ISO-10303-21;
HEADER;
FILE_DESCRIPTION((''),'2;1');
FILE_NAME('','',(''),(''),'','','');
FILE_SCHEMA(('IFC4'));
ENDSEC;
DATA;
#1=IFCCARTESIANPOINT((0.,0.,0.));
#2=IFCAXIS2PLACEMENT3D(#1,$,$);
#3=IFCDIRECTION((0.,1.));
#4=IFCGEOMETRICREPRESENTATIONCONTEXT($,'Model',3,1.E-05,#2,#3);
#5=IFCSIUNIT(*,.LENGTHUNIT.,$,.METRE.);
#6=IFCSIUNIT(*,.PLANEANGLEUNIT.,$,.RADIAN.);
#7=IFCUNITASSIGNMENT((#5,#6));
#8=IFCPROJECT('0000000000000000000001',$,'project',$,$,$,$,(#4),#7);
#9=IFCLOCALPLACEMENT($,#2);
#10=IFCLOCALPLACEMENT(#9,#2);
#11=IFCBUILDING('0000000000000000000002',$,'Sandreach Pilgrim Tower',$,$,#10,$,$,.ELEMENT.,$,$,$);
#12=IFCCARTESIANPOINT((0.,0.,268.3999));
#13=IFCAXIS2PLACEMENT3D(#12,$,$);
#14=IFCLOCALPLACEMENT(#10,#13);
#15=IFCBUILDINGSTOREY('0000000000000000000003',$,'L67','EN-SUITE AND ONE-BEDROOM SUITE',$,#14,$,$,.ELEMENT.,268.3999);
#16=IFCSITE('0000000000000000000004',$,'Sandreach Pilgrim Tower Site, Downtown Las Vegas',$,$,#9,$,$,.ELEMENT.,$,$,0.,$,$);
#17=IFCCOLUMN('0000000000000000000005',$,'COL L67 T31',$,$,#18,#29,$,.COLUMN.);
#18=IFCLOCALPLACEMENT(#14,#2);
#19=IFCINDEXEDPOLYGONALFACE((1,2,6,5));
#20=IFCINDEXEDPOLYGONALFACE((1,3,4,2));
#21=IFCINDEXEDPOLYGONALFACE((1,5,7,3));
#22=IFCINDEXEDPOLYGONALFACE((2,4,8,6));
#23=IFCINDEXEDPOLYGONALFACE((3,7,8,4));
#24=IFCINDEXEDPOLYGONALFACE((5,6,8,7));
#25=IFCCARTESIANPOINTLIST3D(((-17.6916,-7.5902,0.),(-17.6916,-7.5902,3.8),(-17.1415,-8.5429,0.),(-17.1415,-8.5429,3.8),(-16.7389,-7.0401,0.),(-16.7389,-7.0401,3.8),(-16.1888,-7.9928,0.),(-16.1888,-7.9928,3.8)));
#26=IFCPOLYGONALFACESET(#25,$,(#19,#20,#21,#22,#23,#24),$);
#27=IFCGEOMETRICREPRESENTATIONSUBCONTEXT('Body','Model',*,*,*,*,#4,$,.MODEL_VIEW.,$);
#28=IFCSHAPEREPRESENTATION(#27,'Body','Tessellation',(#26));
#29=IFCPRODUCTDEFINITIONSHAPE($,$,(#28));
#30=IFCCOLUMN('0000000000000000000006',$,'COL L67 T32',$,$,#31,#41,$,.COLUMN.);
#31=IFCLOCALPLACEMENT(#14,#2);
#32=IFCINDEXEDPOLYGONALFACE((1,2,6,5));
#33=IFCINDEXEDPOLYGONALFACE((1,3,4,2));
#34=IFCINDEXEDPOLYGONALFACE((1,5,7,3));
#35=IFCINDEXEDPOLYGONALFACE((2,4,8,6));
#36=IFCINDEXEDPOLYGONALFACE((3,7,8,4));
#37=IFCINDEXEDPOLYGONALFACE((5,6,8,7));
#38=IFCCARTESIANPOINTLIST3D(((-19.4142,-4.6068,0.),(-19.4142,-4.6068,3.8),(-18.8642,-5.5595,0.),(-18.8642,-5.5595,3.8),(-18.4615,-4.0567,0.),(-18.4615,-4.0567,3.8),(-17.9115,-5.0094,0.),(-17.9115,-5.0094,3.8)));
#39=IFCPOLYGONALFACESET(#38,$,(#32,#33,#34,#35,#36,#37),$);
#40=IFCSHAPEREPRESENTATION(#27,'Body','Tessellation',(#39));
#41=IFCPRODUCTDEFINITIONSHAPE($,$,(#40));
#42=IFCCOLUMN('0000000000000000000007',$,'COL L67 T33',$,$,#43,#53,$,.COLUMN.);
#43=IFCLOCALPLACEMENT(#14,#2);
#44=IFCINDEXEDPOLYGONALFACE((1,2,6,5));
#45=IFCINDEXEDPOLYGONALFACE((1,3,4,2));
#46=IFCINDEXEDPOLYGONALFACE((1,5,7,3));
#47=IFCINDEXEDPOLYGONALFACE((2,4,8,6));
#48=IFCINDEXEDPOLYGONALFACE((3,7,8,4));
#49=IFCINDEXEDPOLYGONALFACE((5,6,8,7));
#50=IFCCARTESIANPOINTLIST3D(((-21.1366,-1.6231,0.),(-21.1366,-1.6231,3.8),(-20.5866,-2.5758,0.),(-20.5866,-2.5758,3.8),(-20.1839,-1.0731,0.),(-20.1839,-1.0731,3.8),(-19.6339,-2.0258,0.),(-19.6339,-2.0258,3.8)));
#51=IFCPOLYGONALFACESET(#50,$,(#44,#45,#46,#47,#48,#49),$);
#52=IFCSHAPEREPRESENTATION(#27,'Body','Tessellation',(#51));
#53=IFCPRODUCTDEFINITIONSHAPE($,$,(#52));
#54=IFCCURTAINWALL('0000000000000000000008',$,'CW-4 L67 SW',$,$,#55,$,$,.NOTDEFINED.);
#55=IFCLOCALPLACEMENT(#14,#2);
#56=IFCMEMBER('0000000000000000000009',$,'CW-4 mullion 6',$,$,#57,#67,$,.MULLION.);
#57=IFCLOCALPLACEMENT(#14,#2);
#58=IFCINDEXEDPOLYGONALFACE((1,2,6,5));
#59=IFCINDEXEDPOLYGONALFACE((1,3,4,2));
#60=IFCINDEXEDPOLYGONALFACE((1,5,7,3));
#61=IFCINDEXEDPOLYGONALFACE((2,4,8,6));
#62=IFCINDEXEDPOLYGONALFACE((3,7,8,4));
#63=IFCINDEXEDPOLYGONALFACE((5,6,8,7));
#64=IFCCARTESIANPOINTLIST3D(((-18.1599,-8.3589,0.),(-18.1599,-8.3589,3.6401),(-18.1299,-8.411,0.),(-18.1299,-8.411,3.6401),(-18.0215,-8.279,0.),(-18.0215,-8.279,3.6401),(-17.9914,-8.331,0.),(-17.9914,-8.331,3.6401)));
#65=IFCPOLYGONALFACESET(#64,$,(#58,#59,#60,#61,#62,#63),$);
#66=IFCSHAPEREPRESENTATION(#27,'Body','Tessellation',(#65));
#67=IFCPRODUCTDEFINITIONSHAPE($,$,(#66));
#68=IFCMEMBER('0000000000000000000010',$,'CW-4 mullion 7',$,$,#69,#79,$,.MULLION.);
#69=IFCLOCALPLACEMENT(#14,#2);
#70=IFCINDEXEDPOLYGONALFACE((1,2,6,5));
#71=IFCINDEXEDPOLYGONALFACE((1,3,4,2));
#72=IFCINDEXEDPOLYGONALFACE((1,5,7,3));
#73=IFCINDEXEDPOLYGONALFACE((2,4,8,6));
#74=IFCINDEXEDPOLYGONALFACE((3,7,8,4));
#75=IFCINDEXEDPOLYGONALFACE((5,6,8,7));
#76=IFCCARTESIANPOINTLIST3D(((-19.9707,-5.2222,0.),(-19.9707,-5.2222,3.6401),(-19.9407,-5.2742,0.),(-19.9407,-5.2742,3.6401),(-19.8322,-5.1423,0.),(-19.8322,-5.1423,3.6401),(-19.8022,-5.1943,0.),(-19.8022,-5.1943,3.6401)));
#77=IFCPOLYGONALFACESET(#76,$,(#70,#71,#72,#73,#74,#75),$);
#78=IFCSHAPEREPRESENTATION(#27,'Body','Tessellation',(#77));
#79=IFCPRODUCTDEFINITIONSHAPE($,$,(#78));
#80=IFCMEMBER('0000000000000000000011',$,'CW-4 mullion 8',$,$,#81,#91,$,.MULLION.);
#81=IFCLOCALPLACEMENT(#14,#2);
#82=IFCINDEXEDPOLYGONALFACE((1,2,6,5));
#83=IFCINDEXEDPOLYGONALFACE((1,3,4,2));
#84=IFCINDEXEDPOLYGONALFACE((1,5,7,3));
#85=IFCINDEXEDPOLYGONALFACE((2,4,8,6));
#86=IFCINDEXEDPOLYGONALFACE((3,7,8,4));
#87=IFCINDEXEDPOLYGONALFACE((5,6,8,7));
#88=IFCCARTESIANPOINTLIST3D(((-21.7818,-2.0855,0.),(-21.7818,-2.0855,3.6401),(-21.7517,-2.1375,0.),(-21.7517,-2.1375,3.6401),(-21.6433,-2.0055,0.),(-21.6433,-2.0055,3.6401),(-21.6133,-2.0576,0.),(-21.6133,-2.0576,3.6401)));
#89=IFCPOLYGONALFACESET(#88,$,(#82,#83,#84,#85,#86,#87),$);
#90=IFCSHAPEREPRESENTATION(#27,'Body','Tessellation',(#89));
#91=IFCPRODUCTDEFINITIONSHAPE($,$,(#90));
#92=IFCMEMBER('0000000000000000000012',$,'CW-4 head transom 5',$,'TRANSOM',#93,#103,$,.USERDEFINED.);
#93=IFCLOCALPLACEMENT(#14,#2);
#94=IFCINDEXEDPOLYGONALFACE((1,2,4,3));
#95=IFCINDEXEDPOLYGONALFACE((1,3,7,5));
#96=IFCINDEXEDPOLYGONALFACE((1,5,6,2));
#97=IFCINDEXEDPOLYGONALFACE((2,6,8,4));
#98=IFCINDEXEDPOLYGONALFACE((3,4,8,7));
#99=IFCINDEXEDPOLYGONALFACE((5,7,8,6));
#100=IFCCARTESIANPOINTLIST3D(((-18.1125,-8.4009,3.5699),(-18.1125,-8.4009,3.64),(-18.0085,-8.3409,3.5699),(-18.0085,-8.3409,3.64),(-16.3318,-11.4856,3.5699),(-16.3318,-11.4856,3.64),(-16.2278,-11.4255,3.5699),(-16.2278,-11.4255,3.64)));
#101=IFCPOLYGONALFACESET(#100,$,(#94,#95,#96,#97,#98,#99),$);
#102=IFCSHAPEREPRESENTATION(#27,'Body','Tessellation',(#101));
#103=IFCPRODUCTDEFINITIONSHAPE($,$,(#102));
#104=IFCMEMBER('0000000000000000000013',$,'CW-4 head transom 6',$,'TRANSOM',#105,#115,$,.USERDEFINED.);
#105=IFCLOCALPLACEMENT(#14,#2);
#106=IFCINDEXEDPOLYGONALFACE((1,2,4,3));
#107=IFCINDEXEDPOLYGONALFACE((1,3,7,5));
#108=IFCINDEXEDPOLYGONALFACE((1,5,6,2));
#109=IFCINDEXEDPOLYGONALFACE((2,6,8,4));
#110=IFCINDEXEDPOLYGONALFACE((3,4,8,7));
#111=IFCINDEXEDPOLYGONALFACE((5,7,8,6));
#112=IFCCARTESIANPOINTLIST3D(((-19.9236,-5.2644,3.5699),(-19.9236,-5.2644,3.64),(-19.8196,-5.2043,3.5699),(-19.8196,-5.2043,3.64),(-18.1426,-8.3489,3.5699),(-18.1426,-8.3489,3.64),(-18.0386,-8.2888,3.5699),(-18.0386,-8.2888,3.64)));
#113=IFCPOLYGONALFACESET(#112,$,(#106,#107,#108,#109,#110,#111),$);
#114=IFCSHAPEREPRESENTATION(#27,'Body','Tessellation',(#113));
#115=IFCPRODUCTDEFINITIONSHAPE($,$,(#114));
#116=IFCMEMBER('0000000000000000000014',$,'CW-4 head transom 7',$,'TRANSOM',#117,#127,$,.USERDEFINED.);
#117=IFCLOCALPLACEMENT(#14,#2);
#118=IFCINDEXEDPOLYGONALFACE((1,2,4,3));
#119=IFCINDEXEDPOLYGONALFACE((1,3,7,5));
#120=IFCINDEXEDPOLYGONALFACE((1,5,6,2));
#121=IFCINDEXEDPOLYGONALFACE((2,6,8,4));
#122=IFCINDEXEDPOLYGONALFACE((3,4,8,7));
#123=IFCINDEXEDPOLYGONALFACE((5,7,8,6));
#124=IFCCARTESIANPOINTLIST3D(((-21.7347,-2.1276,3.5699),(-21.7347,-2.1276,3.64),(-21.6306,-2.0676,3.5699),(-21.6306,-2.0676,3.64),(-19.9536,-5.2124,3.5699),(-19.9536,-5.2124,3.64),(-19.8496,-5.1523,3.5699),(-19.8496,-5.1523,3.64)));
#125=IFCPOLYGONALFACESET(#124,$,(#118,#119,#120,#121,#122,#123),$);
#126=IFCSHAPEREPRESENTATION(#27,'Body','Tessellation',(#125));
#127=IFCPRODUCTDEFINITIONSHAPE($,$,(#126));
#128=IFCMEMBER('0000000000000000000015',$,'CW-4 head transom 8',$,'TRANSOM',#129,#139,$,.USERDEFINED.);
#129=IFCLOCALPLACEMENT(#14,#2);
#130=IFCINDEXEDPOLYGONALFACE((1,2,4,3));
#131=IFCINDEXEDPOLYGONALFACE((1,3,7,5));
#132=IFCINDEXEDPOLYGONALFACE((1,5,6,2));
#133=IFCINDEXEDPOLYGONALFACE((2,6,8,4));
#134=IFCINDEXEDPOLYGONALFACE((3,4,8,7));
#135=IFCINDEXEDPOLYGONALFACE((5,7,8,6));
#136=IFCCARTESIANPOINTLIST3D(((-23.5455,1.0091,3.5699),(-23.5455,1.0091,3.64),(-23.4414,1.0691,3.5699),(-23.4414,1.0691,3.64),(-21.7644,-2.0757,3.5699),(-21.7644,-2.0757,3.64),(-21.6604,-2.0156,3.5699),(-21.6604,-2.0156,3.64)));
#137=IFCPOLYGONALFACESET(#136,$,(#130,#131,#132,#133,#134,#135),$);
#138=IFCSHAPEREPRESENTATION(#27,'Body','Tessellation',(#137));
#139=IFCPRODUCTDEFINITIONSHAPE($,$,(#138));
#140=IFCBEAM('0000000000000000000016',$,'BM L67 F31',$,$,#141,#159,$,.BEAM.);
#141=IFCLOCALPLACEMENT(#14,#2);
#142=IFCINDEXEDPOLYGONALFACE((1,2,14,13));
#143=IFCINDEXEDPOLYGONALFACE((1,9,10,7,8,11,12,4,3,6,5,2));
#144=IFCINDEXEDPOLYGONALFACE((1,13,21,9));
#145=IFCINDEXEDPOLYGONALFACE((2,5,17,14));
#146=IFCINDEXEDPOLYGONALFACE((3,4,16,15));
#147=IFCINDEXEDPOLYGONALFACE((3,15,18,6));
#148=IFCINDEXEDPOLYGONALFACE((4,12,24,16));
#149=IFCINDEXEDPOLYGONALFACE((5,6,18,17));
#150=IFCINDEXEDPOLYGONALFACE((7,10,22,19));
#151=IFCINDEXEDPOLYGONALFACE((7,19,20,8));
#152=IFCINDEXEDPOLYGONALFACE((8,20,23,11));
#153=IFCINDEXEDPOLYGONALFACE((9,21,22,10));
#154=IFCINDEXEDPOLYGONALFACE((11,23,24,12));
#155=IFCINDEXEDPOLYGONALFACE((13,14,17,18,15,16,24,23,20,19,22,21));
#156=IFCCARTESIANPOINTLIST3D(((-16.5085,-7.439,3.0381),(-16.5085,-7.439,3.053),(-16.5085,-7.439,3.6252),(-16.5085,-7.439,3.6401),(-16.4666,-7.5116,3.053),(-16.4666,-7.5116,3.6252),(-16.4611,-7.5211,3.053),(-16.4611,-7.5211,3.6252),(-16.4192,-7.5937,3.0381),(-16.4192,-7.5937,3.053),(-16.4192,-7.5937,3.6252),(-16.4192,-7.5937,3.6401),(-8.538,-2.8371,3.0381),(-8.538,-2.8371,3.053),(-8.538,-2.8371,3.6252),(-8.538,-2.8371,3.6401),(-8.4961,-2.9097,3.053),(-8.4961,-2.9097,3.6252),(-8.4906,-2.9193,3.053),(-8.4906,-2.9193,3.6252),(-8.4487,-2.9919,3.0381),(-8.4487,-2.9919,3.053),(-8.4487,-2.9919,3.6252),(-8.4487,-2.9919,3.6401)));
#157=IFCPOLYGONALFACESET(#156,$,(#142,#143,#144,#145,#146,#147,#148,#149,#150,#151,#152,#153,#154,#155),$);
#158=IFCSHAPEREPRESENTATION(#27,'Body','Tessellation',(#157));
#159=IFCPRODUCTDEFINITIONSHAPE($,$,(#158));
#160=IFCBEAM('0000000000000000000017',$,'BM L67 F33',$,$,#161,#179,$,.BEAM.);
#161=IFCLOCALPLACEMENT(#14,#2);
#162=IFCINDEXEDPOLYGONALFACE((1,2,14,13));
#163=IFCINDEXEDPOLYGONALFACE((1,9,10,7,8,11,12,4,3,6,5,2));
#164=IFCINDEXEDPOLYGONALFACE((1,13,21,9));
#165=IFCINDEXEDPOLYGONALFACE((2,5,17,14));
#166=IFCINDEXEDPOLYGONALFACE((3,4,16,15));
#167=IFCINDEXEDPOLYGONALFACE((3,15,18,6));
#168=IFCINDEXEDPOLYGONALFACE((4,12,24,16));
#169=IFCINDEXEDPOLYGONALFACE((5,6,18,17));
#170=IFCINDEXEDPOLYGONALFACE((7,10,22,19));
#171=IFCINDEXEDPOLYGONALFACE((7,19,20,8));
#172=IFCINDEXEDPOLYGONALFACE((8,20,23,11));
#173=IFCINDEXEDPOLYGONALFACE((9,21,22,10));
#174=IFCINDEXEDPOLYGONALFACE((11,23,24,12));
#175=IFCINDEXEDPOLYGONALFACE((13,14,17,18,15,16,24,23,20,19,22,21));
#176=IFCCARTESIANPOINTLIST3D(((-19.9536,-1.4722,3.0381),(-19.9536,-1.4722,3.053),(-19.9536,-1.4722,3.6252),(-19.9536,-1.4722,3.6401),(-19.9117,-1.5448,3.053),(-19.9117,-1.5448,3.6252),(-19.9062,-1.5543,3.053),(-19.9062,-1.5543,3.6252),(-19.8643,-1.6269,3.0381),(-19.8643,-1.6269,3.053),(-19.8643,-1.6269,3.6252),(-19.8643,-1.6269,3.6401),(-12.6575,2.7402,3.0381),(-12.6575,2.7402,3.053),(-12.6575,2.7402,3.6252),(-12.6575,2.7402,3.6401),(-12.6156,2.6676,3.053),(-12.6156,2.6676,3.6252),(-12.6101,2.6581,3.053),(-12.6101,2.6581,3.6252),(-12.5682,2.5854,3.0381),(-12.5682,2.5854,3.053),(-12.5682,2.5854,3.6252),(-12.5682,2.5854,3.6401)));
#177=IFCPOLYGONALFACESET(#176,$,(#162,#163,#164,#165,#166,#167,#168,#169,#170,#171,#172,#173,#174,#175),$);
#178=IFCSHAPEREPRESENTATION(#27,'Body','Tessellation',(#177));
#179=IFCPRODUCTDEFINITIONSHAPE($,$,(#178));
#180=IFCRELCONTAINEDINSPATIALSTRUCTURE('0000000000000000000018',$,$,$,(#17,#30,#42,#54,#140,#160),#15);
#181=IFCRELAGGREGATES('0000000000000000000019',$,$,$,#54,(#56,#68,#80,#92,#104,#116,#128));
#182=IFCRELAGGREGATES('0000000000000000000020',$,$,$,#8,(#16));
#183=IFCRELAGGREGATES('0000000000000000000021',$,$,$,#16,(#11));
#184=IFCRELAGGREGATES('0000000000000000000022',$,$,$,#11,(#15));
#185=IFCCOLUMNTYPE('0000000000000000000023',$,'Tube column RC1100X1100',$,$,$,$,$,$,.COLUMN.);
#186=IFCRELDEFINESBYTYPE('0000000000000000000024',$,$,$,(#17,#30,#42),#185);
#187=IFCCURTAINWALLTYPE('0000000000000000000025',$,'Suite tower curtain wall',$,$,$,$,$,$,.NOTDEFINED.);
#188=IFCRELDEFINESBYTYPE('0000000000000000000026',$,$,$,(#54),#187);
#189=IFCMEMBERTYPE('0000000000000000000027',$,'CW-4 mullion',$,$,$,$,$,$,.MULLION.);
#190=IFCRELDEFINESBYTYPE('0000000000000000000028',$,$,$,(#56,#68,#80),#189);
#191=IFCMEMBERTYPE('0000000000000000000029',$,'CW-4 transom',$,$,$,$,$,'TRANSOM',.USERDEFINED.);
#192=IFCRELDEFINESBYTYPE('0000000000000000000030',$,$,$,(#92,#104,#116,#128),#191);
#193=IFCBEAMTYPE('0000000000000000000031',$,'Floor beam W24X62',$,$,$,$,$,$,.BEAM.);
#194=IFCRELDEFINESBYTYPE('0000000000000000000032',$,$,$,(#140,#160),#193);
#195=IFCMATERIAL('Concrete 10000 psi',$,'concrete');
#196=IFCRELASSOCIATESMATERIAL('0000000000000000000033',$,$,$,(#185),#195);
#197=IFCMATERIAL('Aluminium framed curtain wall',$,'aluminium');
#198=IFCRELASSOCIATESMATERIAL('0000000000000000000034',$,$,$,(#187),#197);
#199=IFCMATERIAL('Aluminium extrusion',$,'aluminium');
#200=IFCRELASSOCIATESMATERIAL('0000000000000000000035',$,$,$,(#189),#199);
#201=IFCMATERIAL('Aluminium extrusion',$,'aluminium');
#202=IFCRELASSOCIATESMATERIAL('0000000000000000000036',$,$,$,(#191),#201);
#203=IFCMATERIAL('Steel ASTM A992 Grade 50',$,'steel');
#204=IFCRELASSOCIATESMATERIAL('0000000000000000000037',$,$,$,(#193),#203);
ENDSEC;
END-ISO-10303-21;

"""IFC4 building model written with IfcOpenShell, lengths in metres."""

from ifc_helpers import new_model, si_unit, direction, frame, origin, origin_2d, place, context, subcontext, project, spatial, rectangle, i_section, extrude, material, material_profile, profile_set, type_object, element, aggregate, save


model = new_model("IFC4")

# Units and contexts
model_context = context("Model", 3, precision=1e-05, world=origin(), true_north=direction((0.0, 1.0)))
body_context = subcontext(model_context, "Body", "Model", "MODEL_VIEW")
ifc_project = project(units=[si_unit("LENGTHUNIT", "METRE"), si_unit("PLANEANGLEUNIT", "RADIAN")], contexts=[model_context])

# Site, building, storey
site_placement = place(None, origin())
site = spatial("IfcSite", under=ifc_project, at=site_placement, Name="Sandreach Pilgrim Tower Site, Downtown Las Vegas", CompositionType="ELEMENT", RefElevation=0.0)
building_placement = place(site_placement, origin())
building = spatial("IfcBuilding", under=site, at=building_placement, Name="Sandreach Pilgrim Tower", CompositionType="ELEMENT")
storey_placement = place(building_placement, frame((0.0, 0.0, 268.3999)))
storey = spatial("IfcBuildingStorey", under=building, at=storey_placement, Name="L67", Description="EN-SUITE AND ONE-BEDROOM SUITE", CompositionType="ELEMENT", Elevation=268.3999)

# Columns
ifc_material_1 = material(Name="Concrete 10000 psi", Category="concrete")
ifc_material_profile_1 = material_profile(ifc_material_1, rectangle(XDim=1.1001, YDim=1.1001, at=origin_2d()), Name="RC1100X1100")
ifc_profile_set_1 = profile_set([ifc_material_profile_1], Name="Concrete 10000 psi")
column_type = type_object("IfcColumnType", Name="Tube column RC1100X1100", PredefinedType="COLUMN", material=ifc_profile_set_1)
for number, where, z_axis, x_axis, name in (
    (1, (-16.9402, -7.7915, 0.0), (0.0, 0.0, 1.0), (-0.866025, -0.5, 0.0), "COL L67 T31"),
    (2, (-18.6628, -4.8081, 0.0), (0.0, 0.0, 1.0), (-0.866025, -0.5, 0.0), "COL L67 T32"),
    (3, (-20.3853, -1.8245, 0.0), (0.0, 0.0, 1.0), (-0.866025, -0.5, 0.0), "COL L67 T33"),
):
    element("IfcColumn", number, at=place(storey_placement, frame(where, z_axis=z_axis, x_axis=x_axis)), inside=storey, type_object=column_type, Name=name, PredefinedType="COLUMN", context=body_context, shape_type="SweptSolid", body=[
        extrude(rectangle(XDim=1.1001, YDim=1.1001, at=origin_2d()), origin(), (0.0, 0.0, 1.0), 3.8),
    ])

# Curtain wall, members
ifc_material_2 = material(Name="Aluminium framed curtain wall", Category="aluminium")
curtain_wall_type = type_object("IfcCurtainWallType", Name="Suite tower curtain wall", PredefinedType="NOTDEFINED", material=ifc_material_2)
curtain_wall_placement = place(storey_placement, origin())
curtain_wall = element("IfcCurtainWall", 4, at=curtain_wall_placement, inside=storey, type_object=curtain_wall_type, Name="CW-4 L67 SW", PredefinedType="NOTDEFINED")
ifc_material_3 = material(Name="Aluminium extrusion", Category="aluminium")
ifc_material_profile_2 = material_profile(ifc_material_3, rectangle(XDim=0.0601, YDim=0.1599, at=origin_2d()), Name="CW-4M 60X160")
ifc_profile_set_2 = profile_set([ifc_material_profile_2], Name="Aluminium extrusion")
member_type_1 = type_object("IfcMemberType", Name="CW-4 mullion", PredefinedType="MULLION", material=ifc_profile_set_2)
member_1_placement = place(storey_placement, frame((-18.0757, -8.345, 0.0), z_axis=(0.0, 0.0, 1.0), x_axis=(-0.5, 0.866025, 0.0)))
member_1 = element("IfcMember", 5, at=member_1_placement, type_object=member_type_1, Name="CW-4 mullion 6", PredefinedType="MULLION", context=body_context, shape_type="SweptSolid", body=[
    extrude(rectangle(XDim=0.0601, YDim=0.1599, at=origin_2d()), origin(), (0.0, 0.0, 1.0), 3.6401),
])
member_2_placement = place(storey_placement, frame((-19.8865, -5.2083, 0.0), z_axis=(0.0, 0.0, 1.0), x_axis=(-0.5, 0.866025, 0.0)))
member_2 = element("IfcMember", 6, at=member_2_placement, type_object=member_type_1, Name="CW-4 mullion 7", PredefinedType="MULLION", context=body_context, shape_type="SweptSolid", body=[
    extrude(rectangle(XDim=0.0601, YDim=0.1599, at=origin_2d()), origin(), (0.0, 0.0, 1.0), 3.6401),
])
member_3_placement = place(storey_placement, frame((-21.6975, -2.0715, 0.0), z_axis=(0.0, 0.0, 1.0), x_axis=(-0.5, 0.866025, 0.0)))
member_3 = element("IfcMember", 7, at=member_3_placement, type_object=member_type_1, Name="CW-4 mullion 8", PredefinedType="MULLION", context=body_context, shape_type="SweptSolid", body=[
    extrude(rectangle(XDim=0.0601, YDim=0.1599, at=origin_2d()), origin(), (0.0, 0.0, 1.0), 3.6401),
])
ifc_material_4 = material(Name="Aluminium extrusion", Category="aluminium")
ifc_material_profile_3 = material_profile(ifc_material_4, rectangle(XDim=0.1201, YDim=0.0701, at=origin_2d()), Name="CW-4T 120X70")
ifc_profile_set_3 = profile_set([ifc_material_profile_3], Name="Aluminium extrusion")
member_type_2 = type_object("IfcMemberType", Name="CW-4 transom", ElementType="TRANSOM", PredefinedType="USERDEFINED", material=ifc_profile_set_3)
member_4_placement = place(storey_placement, frame((-16.2798, -11.4556, 3.605), z_axis=(-0.499958, 0.86605, 0.0), x_axis=(-0.86605, -0.499958, 0.0)))
member_4 = element("IfcMember", 8, at=member_4_placement, type_object=member_type_2, Name="CW-4 head transom 5", ObjectType="TRANSOM", PredefinedType="USERDEFINED", context=body_context, shape_type="SweptSolid", body=[
    extrude(rectangle(XDim=0.1201, YDim=0.0701, at=origin_2d()), origin(), (0.0, 0.0, 1.0), 3.5618),
])
member_5_placement = place(storey_placement, frame((-18.0906, -8.3188, 3.605), z_axis=(-0.500039, 0.866003, 0.0), x_axis=(-0.866003, -0.500039, 0.0)))
member_5 = element("IfcMember", 9, at=member_5_placement, type_object=member_type_2, Name="CW-4 head transom 6", ObjectType="TRANSOM", PredefinedType="USERDEFINED", context=body_context, shape_type="SweptSolid", body=[
    extrude(rectangle(XDim=0.1201, YDim=0.0701, at=origin_2d()), origin(), (0.0, 0.0, 1.0), 3.5618),
])
member_6_placement = place(storey_placement, frame((-19.9016, -5.1824, 3.605), z_axis=(-0.500009, 0.86602, 0.0), x_axis=(-0.86602, -0.500009, 0.0)))
member_6 = element("IfcMember", 10, at=member_6_placement, type_object=member_type_2, Name="CW-4 head transom 7", ObjectType="TRANSOM", PredefinedType="USERDEFINED", context=body_context, shape_type="SweptSolid", body=[
    extrude(rectangle(XDim=0.1201, YDim=0.0701, at=origin_2d()), origin(), (0.0, 0.0, 1.0), 3.562),
])
member_7_placement = place(storey_placement, frame((-21.7124, -2.0457, 3.605), z_axis=(-0.500009, 0.86602, 0.0), x_axis=(-0.86602, -0.500009, 0.0)))
member_7 = element("IfcMember", 11, at=member_7_placement, type_object=member_type_2, Name="CW-4 head transom 8", ObjectType="TRANSOM", PredefinedType="USERDEFINED", context=body_context, shape_type="SweptSolid", body=[
    extrude(rectangle(XDim=0.1201, YDim=0.0701, at=origin_2d()), origin(), (0.0, 0.0, 1.0), 3.562),
])

# Beams
ifc_material_5 = material(Name="Steel ASTM A992 Grade 50", Category="steel")
ifc_material_profile_4 = material_profile(ifc_material_5, i_section(OverallWidth=0.1787, OverallDepth=0.6021, WebThickness=0.011, FlangeThickness=0.0149, at=origin_2d()), Name="W24X62")
ifc_profile_set_4 = profile_set([ifc_material_profile_4], Name="Steel ASTM A992 Grade 50")
beam_type_1 = type_object("IfcBeamType", Name="Floor beam W24X62", PredefinedType="BEAM", material=ifc_profile_set_4)
beam_1_placement = place(storey_placement, frame((-16.4639, -7.5164, 3.3391), z_axis=(0.866023, 0.500005, 0.0), x_axis=(-0.500005, 0.866023, 0.0)))
element("IfcBeam", 12, at=beam_1_placement, inside=storey, type_object=beam_type_1, Name="BM L67 F31", PredefinedType="BEAM", context=body_context, shape_type="SweptSolid", body=[
    extrude(i_section(OverallWidth=0.1787, OverallDepth=0.6021, WebThickness=0.011, FlangeThickness=0.0149, at=origin_2d()), origin(), (0.0, 0.0, 1.0), 9.2036),
])
beam_2_placement = place(storey_placement, frame((-19.9089, -1.5496, 3.3391), z_axis=(0.866027, 0.499998, 0.0), x_axis=(-0.499998, 0.866027, 0.0)))
element("IfcBeam", 13, at=beam_2_placement, inside=storey, type_object=beam_type_1, Name="BM L67 F33", PredefinedType="BEAM", context=body_context, shape_type="SweptSolid", body=[
    extrude(i_section(OverallWidth=0.1787, OverallDepth=0.6021, WebThickness=0.011, FlangeThickness=0.0149, at=origin_2d()), origin(), (0.0, 0.0, 1.0), 8.4248),
])

aggregate(curtain_wall, [member_1, member_2, member_3, member_4, member_5, member_6, member_7])

save(model, "model.ifc")
